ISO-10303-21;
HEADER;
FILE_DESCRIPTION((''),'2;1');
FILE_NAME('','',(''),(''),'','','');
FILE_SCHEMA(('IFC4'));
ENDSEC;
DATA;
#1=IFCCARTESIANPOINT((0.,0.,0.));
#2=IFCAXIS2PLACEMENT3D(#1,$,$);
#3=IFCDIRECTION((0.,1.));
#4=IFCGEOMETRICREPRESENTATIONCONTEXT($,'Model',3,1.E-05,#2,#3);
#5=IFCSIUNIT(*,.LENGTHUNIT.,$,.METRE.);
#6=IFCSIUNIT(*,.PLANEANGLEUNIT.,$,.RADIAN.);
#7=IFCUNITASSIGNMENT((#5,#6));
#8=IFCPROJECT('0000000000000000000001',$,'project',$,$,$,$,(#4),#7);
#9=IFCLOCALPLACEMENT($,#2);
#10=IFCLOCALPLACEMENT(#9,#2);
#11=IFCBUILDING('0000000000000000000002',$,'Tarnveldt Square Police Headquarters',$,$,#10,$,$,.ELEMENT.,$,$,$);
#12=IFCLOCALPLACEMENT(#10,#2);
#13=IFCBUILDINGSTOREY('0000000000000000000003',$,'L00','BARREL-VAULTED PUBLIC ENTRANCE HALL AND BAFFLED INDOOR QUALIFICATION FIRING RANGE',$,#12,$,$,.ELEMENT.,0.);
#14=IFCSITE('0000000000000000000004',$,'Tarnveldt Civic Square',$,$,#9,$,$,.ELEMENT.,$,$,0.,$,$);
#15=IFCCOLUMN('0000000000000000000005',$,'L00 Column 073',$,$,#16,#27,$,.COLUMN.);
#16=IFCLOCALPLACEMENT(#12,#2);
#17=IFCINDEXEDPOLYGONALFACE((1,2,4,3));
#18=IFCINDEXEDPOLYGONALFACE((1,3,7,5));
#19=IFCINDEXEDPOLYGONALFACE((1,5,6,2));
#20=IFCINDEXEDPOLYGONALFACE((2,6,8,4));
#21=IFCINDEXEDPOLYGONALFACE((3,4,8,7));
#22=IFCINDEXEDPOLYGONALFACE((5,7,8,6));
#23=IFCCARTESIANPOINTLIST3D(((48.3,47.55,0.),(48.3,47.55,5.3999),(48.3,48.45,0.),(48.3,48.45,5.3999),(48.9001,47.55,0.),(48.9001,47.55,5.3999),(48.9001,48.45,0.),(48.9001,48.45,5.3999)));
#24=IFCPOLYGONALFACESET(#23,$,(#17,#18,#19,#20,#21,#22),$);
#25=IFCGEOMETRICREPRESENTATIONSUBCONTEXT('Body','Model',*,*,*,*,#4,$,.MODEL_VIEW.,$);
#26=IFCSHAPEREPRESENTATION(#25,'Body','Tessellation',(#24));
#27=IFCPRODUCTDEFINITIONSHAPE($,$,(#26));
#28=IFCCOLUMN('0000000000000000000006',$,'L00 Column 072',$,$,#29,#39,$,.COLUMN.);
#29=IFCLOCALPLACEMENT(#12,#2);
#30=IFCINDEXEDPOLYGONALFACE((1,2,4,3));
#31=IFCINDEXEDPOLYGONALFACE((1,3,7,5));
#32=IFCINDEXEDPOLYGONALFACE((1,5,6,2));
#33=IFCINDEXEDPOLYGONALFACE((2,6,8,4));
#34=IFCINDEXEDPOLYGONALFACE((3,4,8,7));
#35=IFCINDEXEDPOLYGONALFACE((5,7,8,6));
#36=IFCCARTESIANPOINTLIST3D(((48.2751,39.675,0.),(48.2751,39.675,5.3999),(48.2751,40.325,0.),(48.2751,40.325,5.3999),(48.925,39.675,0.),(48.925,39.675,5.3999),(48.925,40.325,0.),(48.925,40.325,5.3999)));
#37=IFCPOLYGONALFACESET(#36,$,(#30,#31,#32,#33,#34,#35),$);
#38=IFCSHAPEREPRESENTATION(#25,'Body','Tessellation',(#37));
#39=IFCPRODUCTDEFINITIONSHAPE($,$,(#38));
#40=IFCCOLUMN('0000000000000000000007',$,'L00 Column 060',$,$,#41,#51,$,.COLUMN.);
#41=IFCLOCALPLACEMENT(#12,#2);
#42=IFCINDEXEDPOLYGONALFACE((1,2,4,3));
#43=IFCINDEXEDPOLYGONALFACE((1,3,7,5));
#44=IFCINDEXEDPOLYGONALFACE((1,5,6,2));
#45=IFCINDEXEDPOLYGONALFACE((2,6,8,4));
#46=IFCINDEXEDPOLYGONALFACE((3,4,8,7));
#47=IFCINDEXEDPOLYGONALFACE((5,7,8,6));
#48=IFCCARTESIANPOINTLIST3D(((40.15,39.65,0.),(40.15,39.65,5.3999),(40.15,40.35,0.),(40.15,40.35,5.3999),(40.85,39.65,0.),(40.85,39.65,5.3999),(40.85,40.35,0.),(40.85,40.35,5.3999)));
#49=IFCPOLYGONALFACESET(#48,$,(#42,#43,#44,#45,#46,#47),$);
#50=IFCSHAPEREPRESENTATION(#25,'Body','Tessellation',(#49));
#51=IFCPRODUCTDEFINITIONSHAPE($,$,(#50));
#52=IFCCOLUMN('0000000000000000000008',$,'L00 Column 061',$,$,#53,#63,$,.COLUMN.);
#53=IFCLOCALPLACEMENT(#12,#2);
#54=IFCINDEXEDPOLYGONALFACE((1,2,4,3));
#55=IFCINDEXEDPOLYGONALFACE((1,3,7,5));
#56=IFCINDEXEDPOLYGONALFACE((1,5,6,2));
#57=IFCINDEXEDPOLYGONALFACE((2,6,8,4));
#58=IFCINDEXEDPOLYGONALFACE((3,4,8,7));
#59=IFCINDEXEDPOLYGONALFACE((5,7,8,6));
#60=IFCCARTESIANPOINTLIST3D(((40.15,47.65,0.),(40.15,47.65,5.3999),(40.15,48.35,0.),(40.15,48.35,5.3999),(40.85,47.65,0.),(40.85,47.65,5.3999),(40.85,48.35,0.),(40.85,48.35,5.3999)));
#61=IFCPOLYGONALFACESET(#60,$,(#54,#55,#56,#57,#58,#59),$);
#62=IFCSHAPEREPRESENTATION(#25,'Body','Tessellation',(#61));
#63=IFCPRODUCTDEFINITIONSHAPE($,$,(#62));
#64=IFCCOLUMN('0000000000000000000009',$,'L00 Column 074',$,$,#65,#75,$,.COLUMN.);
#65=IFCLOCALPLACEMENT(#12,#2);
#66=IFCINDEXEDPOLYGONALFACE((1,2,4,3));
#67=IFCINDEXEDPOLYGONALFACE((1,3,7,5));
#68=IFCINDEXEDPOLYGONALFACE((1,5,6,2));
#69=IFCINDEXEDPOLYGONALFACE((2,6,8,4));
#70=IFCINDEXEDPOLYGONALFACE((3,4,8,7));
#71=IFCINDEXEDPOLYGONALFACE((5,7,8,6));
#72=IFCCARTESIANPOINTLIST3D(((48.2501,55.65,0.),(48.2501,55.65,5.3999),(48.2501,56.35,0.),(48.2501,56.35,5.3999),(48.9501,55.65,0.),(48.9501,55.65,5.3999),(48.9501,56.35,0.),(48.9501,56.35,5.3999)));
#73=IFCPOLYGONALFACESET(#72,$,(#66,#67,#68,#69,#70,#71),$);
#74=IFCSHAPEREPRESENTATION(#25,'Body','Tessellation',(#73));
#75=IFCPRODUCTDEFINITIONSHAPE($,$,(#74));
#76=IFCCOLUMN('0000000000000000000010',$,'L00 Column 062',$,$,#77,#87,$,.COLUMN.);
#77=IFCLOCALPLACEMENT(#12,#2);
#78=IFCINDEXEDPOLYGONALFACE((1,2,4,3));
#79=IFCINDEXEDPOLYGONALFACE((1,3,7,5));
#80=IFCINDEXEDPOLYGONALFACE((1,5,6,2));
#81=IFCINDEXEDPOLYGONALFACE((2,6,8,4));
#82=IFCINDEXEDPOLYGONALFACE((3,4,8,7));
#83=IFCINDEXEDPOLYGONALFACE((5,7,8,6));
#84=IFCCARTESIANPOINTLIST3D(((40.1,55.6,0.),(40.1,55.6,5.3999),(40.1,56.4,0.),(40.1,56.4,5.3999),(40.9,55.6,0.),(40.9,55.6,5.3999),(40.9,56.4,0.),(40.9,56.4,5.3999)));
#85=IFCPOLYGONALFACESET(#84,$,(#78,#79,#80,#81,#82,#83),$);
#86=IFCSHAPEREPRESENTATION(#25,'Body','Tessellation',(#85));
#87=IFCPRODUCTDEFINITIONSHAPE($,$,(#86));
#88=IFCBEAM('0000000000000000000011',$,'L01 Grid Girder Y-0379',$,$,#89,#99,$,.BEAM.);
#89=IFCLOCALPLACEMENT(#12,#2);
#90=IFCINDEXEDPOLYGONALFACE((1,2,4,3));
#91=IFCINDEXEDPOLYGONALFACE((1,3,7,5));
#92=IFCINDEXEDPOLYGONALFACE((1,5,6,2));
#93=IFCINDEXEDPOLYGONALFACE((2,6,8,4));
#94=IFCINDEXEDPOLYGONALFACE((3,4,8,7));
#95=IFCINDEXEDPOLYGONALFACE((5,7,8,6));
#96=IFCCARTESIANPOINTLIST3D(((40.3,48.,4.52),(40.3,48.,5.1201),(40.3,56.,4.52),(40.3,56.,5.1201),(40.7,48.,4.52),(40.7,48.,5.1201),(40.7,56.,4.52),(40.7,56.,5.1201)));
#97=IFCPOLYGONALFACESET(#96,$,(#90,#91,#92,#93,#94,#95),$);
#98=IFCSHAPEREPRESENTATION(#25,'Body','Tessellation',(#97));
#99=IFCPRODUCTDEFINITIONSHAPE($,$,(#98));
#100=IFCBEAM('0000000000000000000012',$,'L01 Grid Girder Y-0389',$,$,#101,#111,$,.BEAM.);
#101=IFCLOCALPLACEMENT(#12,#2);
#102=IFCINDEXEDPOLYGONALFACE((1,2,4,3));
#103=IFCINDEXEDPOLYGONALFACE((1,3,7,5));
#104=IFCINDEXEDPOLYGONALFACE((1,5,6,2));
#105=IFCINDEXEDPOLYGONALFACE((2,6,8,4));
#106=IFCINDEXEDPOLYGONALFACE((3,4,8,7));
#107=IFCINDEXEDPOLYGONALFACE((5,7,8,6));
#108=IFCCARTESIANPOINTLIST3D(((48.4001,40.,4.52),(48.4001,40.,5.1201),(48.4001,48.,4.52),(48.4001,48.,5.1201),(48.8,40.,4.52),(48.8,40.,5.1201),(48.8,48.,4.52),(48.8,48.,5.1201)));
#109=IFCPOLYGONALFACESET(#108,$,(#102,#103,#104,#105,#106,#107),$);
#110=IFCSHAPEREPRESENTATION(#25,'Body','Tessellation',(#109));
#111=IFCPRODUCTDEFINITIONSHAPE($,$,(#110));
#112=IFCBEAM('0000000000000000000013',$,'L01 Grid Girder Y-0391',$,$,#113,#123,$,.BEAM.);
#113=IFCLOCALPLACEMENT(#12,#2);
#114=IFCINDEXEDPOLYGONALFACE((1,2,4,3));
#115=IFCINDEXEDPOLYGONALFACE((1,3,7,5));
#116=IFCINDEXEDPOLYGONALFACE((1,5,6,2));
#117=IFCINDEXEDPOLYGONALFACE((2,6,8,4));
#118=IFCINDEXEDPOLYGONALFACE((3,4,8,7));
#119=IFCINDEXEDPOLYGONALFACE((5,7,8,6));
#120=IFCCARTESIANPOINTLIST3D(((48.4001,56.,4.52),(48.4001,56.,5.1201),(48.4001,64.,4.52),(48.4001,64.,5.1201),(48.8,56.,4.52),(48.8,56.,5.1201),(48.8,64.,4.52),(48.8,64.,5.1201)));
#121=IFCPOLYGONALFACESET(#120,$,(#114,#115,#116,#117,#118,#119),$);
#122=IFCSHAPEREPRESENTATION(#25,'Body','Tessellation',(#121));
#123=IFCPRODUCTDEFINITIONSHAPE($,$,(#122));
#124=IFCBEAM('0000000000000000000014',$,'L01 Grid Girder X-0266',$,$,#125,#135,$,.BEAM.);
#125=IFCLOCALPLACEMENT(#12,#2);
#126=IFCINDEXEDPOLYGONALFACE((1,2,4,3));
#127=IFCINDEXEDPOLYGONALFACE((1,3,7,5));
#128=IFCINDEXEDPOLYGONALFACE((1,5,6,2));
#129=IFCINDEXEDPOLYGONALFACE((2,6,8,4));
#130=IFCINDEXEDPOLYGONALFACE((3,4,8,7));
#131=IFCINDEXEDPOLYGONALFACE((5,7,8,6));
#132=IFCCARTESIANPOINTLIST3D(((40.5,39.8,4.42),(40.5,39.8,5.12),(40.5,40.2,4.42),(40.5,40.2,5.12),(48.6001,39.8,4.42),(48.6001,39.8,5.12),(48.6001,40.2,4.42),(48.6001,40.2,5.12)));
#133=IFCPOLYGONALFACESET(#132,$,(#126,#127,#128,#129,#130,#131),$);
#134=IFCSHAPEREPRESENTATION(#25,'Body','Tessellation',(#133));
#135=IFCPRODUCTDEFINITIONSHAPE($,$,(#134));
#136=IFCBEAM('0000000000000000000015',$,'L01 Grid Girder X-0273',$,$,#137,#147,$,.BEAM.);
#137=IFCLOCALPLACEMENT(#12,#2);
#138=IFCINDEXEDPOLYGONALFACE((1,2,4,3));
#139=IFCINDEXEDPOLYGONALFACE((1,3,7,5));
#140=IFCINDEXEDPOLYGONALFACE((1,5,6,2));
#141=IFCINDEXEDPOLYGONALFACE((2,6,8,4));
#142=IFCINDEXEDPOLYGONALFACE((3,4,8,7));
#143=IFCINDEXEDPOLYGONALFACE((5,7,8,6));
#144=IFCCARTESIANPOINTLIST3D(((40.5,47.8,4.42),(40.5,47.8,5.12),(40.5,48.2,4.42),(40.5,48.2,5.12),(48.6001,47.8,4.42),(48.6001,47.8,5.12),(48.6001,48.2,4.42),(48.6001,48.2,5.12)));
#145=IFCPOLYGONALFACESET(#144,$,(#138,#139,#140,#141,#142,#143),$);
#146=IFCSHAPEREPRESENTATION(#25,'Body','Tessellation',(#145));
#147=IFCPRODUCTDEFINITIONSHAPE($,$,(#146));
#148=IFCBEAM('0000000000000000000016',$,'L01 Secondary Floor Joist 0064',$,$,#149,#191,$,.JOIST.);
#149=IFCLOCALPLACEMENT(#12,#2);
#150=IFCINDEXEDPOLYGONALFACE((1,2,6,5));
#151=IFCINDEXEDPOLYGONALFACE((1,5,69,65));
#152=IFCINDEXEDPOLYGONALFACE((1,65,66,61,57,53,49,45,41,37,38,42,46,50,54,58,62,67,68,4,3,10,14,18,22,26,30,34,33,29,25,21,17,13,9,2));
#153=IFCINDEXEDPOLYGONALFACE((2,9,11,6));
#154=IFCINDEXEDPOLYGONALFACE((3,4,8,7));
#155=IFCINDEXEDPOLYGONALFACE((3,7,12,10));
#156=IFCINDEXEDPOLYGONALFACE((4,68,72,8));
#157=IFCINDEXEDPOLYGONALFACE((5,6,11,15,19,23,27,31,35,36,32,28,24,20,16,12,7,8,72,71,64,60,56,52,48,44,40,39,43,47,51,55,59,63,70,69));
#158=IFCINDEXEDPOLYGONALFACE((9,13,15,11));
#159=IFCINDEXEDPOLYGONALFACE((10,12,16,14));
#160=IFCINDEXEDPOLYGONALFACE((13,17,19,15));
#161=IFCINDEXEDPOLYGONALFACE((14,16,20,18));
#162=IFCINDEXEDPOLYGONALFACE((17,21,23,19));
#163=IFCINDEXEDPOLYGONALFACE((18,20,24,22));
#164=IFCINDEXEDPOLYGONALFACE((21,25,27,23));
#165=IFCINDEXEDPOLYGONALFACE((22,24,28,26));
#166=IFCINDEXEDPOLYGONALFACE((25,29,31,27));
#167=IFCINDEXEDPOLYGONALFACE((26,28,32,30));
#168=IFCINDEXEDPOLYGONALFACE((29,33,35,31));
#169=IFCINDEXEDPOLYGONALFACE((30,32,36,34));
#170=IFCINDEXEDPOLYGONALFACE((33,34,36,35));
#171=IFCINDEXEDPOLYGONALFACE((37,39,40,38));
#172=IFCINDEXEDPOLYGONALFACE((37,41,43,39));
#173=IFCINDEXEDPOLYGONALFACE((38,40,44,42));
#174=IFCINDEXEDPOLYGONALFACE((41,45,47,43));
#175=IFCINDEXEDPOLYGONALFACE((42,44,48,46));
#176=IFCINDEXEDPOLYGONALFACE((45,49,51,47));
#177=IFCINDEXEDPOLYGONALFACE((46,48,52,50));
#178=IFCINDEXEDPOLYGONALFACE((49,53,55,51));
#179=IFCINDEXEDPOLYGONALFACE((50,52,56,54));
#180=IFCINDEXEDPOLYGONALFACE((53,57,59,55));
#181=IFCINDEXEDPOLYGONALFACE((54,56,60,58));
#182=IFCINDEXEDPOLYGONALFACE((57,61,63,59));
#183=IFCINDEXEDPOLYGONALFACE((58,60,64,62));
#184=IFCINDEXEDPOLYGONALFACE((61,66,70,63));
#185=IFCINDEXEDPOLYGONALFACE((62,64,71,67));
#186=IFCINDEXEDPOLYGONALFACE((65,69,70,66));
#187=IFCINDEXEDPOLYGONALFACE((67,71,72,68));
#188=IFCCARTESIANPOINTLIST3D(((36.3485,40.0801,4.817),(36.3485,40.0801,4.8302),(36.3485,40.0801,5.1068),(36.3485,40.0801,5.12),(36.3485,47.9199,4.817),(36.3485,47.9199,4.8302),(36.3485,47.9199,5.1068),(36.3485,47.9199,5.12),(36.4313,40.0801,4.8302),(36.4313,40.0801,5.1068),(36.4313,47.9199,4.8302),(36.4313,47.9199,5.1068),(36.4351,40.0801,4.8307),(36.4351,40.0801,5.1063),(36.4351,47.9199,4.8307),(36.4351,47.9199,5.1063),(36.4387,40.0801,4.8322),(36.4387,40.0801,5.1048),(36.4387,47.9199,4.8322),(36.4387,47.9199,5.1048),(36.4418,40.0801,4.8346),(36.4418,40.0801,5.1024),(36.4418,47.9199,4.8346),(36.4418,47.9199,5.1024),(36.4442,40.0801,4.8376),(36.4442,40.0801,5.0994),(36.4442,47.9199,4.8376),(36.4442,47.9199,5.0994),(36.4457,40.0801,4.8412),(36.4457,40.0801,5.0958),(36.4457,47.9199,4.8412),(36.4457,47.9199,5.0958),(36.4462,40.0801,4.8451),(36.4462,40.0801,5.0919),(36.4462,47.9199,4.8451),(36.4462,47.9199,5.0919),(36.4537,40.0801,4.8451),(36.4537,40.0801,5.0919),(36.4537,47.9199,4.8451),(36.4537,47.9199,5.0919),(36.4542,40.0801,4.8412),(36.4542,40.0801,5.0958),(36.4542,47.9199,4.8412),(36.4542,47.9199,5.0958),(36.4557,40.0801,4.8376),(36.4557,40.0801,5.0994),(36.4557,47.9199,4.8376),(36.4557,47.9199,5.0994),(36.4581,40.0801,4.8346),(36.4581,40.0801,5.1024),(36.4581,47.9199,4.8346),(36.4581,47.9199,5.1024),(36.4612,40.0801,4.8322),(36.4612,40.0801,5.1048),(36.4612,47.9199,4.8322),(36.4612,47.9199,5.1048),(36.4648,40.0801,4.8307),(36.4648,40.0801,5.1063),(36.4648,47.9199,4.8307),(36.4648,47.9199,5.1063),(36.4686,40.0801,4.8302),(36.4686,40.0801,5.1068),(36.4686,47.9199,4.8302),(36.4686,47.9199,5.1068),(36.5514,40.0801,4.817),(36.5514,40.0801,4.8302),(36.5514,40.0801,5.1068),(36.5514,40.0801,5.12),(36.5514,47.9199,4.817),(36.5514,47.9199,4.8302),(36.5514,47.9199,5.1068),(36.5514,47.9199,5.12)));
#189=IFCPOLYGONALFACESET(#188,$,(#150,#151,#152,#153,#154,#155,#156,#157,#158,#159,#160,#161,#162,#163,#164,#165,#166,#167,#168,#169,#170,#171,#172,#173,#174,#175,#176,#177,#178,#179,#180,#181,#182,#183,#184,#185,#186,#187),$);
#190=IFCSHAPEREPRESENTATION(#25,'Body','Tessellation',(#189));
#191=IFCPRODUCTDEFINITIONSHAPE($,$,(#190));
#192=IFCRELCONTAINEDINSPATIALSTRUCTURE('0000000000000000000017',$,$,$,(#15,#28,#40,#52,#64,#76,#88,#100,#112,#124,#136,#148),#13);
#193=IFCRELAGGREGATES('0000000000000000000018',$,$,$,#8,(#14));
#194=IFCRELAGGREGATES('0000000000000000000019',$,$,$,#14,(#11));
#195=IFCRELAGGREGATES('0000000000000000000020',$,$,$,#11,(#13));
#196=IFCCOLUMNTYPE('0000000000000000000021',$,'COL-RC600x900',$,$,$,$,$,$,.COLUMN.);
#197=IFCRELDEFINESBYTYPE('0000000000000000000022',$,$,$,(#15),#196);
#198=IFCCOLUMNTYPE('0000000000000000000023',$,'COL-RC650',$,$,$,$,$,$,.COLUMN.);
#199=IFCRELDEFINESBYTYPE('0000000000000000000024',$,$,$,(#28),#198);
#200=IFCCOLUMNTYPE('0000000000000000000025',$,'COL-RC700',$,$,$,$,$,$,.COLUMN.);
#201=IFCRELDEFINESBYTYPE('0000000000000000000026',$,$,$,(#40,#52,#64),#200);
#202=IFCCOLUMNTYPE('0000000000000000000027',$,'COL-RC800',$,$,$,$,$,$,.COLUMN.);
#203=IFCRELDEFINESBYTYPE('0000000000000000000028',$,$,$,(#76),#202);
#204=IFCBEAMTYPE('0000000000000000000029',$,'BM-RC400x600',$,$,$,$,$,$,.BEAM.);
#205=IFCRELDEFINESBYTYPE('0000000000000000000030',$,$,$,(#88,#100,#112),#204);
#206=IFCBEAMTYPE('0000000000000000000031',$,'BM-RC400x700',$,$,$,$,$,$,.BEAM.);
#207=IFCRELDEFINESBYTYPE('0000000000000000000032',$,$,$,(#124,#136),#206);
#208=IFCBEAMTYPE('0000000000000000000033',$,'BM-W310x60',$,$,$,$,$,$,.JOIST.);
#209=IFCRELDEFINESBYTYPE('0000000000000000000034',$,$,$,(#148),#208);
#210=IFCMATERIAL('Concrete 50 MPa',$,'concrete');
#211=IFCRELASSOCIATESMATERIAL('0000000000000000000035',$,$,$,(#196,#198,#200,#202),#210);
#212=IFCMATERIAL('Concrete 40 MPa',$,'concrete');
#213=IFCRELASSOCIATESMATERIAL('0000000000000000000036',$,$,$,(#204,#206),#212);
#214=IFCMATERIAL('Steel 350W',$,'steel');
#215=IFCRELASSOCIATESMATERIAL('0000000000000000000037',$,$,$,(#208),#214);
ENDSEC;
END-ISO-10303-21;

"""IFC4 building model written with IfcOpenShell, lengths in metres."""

from ifc_helpers import new_model, si_unit, direction, frame, origin, origin_2d, place, context, subcontext, project, spatial, rectangle, i_section, extrude, material, material_profile, profile_set, type_object, element, save


model = new_model("IFC4")

# Units and contexts
model_context = context("Model", 3, precision=1e-05, world=origin(), true_north=direction((0.0, 1.0)))
body_context = subcontext(model_context, "Body", "Model", "MODEL_VIEW")
ifc_project = project(units=[si_unit("LENGTHUNIT", "METRE"), si_unit("PLANEANGLEUNIT", "RADIAN")], contexts=[model_context])

# Site, building, storey
site_placement = place(None, origin())
site = spatial("IfcSite", under=ifc_project, at=site_placement, Name="Tarnveldt Civic Square", CompositionType="ELEMENT", RefElevation=0.0)
building_placement = place(site_placement, origin())
building = spatial("IfcBuilding", under=site, at=building_placement, Name="Tarnveldt Square Police Headquarters", CompositionType="ELEMENT")
storey_placement = place(building_placement, origin())
storey = spatial("IfcBuildingStorey", under=building, at=storey_placement, Name="L00", Description="BARREL-VAULTED PUBLIC ENTRANCE HALL AND BAFFLED INDOOR QUALIFICATION FIRING RANGE", CompositionType="ELEMENT", Elevation=0.0)

# Columns
ifc_material_1 = material(Name="Concrete 50 MPa", Category="concrete")
ifc_material_profile_1 = material_profile(ifc_material_1, rectangle(XDim=0.6001, YDim=0.8999, at=origin_2d()), Name="RC-C600x900")
ifc_profile_set_1 = profile_set([ifc_material_profile_1], Name="Concrete 50 MPa")
column_type_1 = type_object("IfcColumnType", Name="COL-RC600x900", PredefinedType="COLUMN", material=ifc_profile_set_1)
column_1_placement = place(storey_placement, frame((48.6001, 48.0, 0.0), z_axis=(0.0, 0.0, 1.0), x_axis=(1.0, 0.0, 0.0)))
element("IfcColumn", 1, at=column_1_placement, inside=storey, type_object=column_type_1, Name="L00 Column 073", PredefinedType="COLUMN", context=body_context, shape_type="SweptSolid", body=[
    extrude(rectangle(XDim=0.6001, YDim=0.8999, at=origin_2d()), origin(), (0.0, 0.0, 1.0), 5.3999),
])
ifc_material_profile_2 = material_profile(ifc_material_1, rectangle(XDim=0.6499, YDim=0.6499, at=origin_2d()), Name="RC-C650x650")
ifc_profile_set_2 = profile_set([ifc_material_profile_2], Name="Concrete 50 MPa")
column_type_2 = type_object("IfcColumnType", Name="COL-RC650", PredefinedType="COLUMN", material=ifc_profile_set_2)
column_2_placement = place(storey_placement, frame((48.6001, 40.0, 0.0), z_axis=(0.0, 0.0, 1.0), x_axis=(1.0, 0.0, 0.0)))
element("IfcColumn", 2, at=column_2_placement, inside=storey, type_object=column_type_2, Name="L00 Column 072", PredefinedType="COLUMN", context=body_context, shape_type="SweptSolid", body=[
    extrude(rectangle(XDim=0.6499, YDim=0.6499, at=origin_2d()), origin(), (0.0, 0.0, 1.0), 5.3999),
])
ifc_material_profile_3 = material_profile(ifc_material_1, rectangle(XDim=0.7, YDim=0.7, at=origin_2d()), Name="RC-C700x700")
ifc_profile_set_3 = profile_set([ifc_material_profile_3], Name="Concrete 50 MPa")
column_type_3 = type_object("IfcColumnType", Name="COL-RC700", PredefinedType="COLUMN", material=ifc_profile_set_3)
for number, where, z_axis, x_axis, name in (
    (3, (40.5, 40.0, 0.0), (0.0, 0.0, 1.0), (1.0, 0.0, 0.0), "L00 Column 060"),
    (4, (40.5, 48.0, 0.0), (0.0, 0.0, 1.0), (1.0, 0.0, 0.0), "L00 Column 061"),
    (5, (48.6001, 56.0, 0.0), (0.0, 0.0, 1.0), (1.0, 0.0, 0.0), "L00 Column 074"),
):
    element("IfcColumn", number, at=place(storey_placement, frame(where, z_axis=z_axis, x_axis=x_axis)), inside=storey, type_object=column_type_3, Name=name, PredefinedType="COLUMN", context=body_context, shape_type="SweptSolid", body=[
        extrude(rectangle(XDim=0.7, YDim=0.7, at=origin_2d()), origin(), (0.0, 0.0, 1.0), 5.3999),
    ])
ifc_material_profile_4 = material_profile(ifc_material_1, rectangle(XDim=0.8, YDim=0.8, at=origin_2d()), Name="RC-C800x800")
ifc_profile_set_4 = profile_set([ifc_material_profile_4], Name="Concrete 50 MPa")
column_type_4 = type_object("IfcColumnType", Name="COL-RC800", PredefinedType="COLUMN", material=ifc_profile_set_4)
column_3_placement = place(storey_placement, frame((40.5, 56.0, 0.0), z_axis=(0.0, 0.0, 1.0), x_axis=(1.0, 0.0, 0.0)))
element("IfcColumn", 6, at=column_3_placement, inside=storey, type_object=column_type_4, Name="L00 Column 062", PredefinedType="COLUMN", context=body_context, shape_type="SweptSolid", body=[
    extrude(rectangle(XDim=0.8, YDim=0.8, at=origin_2d()), origin(), (0.0, 0.0, 1.0), 5.3999),
])

# Beams
ifc_material_2 = material(Name="Concrete 40 MPa", Category="concrete")
ifc_material_profile_5 = material_profile(ifc_material_2, rectangle(XDim=0.3999, YDim=0.6001, at=origin_2d()), Name="RC-B400x600")
ifc_profile_set_5 = profile_set([ifc_material_profile_5], Name="Concrete 40 MPa")
beam_type_1 = type_object("IfcBeamType", Name="BM-RC400x600", PredefinedType="BEAM", material=ifc_profile_set_5)
for number, where, z_axis, x_axis, name in (
    (7, (40.5, 48.0, 4.8201), (0.0, 1.0, 0.0), (-1.0, 0.0, 0.0), "L01 Grid Girder Y-0379"),
    (8, (48.6001, 40.0, 4.8201), (0.0, 1.0, 0.0), (-1.0, 0.0, 0.0), "L01 Grid Girder Y-0389"),
    (9, (48.6001, 56.0, 4.8201), (0.0, 1.0, 0.0), (-1.0, 0.0, 0.0), "L01 Grid Girder Y-0391"),
):
    element("IfcBeam", number, at=place(storey_placement, frame(where, z_axis=z_axis, x_axis=x_axis)), inside=storey, type_object=beam_type_1, Name=name, PredefinedType="BEAM", context=body_context, shape_type="SweptSolid", body=[
        extrude(rectangle(XDim=0.3999, YDim=0.6001, at=origin_2d()), origin(), (0.0, 0.0, 1.0), 8.0),
    ])
ifc_material_profile_6 = material_profile(ifc_material_2, rectangle(XDim=0.3999, YDim=0.7, at=origin_2d()), Name="RC-B400x700")
ifc_profile_set_6 = profile_set([ifc_material_profile_6], Name="Concrete 40 MPa")
beam_type_2 = type_object("IfcBeamType", Name="BM-RC400x700", PredefinedType="BEAM", material=ifc_profile_set_6)
for number, where, z_axis, x_axis, name in (
    (10, (40.5, 40.0, 4.77), (1.0, 0.0, 0.0), (0.0, 1.0, 0.0), "L01 Grid Girder X-0266"),
    (11, (40.5, 48.0, 4.77), (1.0, 0.0, 0.0), (0.0, 1.0, 0.0), "L01 Grid Girder X-0273"),
):
    element("IfcBeam", number, at=place(storey_placement, frame(where, z_axis=z_axis, x_axis=x_axis)), inside=storey, type_object=beam_type_2, Name=name, PredefinedType="BEAM", context=body_context, shape_type="SweptSolid", body=[
        extrude(rectangle(XDim=0.3999, YDim=0.7, at=origin_2d()), origin(), (0.0, 0.0, 1.0), 8.1001),
    ])
ifc_material_3 = material(Name="Steel 350W", Category="steel")
ifc_material_profile_7 = material_profile(ifc_material_3, i_section(OverallWidth=0.2029, OverallDepth=0.303, WebThickness=0.0076, FlangeThickness=0.0132, FilletRadius=0.0149, at=origin_2d()), Name="W310x60")
ifc_profile_set_7 = profile_set([ifc_material_profile_7], Name="Steel 350W")
beam_type_3 = type_object("IfcBeamType", Name="BM-W310x60", PredefinedType="JOIST", material=ifc_profile_set_7)
beam_placement = place(storey_placement, frame((36.45, 40.0801, 4.9685), z_axis=(0.0, 1.0, 0.0), x_axis=(-1.0, 0.0, 0.0)))
element("IfcBeam", 12, at=beam_placement, inside=storey, type_object=beam_type_3, Name="L01 Secondary Floor Joist 0064", PredefinedType="JOIST", context=body_context, shape_type="SweptSolid", body=[
    extrude(i_section(OverallWidth=0.2029, OverallDepth=0.303, WebThickness=0.0076, FlangeThickness=0.0132, FilletRadius=0.0149, at=origin_2d()), origin(), (0.0, 0.0, 1.0), 7.8398),
])

save(model, "model.ifc")
